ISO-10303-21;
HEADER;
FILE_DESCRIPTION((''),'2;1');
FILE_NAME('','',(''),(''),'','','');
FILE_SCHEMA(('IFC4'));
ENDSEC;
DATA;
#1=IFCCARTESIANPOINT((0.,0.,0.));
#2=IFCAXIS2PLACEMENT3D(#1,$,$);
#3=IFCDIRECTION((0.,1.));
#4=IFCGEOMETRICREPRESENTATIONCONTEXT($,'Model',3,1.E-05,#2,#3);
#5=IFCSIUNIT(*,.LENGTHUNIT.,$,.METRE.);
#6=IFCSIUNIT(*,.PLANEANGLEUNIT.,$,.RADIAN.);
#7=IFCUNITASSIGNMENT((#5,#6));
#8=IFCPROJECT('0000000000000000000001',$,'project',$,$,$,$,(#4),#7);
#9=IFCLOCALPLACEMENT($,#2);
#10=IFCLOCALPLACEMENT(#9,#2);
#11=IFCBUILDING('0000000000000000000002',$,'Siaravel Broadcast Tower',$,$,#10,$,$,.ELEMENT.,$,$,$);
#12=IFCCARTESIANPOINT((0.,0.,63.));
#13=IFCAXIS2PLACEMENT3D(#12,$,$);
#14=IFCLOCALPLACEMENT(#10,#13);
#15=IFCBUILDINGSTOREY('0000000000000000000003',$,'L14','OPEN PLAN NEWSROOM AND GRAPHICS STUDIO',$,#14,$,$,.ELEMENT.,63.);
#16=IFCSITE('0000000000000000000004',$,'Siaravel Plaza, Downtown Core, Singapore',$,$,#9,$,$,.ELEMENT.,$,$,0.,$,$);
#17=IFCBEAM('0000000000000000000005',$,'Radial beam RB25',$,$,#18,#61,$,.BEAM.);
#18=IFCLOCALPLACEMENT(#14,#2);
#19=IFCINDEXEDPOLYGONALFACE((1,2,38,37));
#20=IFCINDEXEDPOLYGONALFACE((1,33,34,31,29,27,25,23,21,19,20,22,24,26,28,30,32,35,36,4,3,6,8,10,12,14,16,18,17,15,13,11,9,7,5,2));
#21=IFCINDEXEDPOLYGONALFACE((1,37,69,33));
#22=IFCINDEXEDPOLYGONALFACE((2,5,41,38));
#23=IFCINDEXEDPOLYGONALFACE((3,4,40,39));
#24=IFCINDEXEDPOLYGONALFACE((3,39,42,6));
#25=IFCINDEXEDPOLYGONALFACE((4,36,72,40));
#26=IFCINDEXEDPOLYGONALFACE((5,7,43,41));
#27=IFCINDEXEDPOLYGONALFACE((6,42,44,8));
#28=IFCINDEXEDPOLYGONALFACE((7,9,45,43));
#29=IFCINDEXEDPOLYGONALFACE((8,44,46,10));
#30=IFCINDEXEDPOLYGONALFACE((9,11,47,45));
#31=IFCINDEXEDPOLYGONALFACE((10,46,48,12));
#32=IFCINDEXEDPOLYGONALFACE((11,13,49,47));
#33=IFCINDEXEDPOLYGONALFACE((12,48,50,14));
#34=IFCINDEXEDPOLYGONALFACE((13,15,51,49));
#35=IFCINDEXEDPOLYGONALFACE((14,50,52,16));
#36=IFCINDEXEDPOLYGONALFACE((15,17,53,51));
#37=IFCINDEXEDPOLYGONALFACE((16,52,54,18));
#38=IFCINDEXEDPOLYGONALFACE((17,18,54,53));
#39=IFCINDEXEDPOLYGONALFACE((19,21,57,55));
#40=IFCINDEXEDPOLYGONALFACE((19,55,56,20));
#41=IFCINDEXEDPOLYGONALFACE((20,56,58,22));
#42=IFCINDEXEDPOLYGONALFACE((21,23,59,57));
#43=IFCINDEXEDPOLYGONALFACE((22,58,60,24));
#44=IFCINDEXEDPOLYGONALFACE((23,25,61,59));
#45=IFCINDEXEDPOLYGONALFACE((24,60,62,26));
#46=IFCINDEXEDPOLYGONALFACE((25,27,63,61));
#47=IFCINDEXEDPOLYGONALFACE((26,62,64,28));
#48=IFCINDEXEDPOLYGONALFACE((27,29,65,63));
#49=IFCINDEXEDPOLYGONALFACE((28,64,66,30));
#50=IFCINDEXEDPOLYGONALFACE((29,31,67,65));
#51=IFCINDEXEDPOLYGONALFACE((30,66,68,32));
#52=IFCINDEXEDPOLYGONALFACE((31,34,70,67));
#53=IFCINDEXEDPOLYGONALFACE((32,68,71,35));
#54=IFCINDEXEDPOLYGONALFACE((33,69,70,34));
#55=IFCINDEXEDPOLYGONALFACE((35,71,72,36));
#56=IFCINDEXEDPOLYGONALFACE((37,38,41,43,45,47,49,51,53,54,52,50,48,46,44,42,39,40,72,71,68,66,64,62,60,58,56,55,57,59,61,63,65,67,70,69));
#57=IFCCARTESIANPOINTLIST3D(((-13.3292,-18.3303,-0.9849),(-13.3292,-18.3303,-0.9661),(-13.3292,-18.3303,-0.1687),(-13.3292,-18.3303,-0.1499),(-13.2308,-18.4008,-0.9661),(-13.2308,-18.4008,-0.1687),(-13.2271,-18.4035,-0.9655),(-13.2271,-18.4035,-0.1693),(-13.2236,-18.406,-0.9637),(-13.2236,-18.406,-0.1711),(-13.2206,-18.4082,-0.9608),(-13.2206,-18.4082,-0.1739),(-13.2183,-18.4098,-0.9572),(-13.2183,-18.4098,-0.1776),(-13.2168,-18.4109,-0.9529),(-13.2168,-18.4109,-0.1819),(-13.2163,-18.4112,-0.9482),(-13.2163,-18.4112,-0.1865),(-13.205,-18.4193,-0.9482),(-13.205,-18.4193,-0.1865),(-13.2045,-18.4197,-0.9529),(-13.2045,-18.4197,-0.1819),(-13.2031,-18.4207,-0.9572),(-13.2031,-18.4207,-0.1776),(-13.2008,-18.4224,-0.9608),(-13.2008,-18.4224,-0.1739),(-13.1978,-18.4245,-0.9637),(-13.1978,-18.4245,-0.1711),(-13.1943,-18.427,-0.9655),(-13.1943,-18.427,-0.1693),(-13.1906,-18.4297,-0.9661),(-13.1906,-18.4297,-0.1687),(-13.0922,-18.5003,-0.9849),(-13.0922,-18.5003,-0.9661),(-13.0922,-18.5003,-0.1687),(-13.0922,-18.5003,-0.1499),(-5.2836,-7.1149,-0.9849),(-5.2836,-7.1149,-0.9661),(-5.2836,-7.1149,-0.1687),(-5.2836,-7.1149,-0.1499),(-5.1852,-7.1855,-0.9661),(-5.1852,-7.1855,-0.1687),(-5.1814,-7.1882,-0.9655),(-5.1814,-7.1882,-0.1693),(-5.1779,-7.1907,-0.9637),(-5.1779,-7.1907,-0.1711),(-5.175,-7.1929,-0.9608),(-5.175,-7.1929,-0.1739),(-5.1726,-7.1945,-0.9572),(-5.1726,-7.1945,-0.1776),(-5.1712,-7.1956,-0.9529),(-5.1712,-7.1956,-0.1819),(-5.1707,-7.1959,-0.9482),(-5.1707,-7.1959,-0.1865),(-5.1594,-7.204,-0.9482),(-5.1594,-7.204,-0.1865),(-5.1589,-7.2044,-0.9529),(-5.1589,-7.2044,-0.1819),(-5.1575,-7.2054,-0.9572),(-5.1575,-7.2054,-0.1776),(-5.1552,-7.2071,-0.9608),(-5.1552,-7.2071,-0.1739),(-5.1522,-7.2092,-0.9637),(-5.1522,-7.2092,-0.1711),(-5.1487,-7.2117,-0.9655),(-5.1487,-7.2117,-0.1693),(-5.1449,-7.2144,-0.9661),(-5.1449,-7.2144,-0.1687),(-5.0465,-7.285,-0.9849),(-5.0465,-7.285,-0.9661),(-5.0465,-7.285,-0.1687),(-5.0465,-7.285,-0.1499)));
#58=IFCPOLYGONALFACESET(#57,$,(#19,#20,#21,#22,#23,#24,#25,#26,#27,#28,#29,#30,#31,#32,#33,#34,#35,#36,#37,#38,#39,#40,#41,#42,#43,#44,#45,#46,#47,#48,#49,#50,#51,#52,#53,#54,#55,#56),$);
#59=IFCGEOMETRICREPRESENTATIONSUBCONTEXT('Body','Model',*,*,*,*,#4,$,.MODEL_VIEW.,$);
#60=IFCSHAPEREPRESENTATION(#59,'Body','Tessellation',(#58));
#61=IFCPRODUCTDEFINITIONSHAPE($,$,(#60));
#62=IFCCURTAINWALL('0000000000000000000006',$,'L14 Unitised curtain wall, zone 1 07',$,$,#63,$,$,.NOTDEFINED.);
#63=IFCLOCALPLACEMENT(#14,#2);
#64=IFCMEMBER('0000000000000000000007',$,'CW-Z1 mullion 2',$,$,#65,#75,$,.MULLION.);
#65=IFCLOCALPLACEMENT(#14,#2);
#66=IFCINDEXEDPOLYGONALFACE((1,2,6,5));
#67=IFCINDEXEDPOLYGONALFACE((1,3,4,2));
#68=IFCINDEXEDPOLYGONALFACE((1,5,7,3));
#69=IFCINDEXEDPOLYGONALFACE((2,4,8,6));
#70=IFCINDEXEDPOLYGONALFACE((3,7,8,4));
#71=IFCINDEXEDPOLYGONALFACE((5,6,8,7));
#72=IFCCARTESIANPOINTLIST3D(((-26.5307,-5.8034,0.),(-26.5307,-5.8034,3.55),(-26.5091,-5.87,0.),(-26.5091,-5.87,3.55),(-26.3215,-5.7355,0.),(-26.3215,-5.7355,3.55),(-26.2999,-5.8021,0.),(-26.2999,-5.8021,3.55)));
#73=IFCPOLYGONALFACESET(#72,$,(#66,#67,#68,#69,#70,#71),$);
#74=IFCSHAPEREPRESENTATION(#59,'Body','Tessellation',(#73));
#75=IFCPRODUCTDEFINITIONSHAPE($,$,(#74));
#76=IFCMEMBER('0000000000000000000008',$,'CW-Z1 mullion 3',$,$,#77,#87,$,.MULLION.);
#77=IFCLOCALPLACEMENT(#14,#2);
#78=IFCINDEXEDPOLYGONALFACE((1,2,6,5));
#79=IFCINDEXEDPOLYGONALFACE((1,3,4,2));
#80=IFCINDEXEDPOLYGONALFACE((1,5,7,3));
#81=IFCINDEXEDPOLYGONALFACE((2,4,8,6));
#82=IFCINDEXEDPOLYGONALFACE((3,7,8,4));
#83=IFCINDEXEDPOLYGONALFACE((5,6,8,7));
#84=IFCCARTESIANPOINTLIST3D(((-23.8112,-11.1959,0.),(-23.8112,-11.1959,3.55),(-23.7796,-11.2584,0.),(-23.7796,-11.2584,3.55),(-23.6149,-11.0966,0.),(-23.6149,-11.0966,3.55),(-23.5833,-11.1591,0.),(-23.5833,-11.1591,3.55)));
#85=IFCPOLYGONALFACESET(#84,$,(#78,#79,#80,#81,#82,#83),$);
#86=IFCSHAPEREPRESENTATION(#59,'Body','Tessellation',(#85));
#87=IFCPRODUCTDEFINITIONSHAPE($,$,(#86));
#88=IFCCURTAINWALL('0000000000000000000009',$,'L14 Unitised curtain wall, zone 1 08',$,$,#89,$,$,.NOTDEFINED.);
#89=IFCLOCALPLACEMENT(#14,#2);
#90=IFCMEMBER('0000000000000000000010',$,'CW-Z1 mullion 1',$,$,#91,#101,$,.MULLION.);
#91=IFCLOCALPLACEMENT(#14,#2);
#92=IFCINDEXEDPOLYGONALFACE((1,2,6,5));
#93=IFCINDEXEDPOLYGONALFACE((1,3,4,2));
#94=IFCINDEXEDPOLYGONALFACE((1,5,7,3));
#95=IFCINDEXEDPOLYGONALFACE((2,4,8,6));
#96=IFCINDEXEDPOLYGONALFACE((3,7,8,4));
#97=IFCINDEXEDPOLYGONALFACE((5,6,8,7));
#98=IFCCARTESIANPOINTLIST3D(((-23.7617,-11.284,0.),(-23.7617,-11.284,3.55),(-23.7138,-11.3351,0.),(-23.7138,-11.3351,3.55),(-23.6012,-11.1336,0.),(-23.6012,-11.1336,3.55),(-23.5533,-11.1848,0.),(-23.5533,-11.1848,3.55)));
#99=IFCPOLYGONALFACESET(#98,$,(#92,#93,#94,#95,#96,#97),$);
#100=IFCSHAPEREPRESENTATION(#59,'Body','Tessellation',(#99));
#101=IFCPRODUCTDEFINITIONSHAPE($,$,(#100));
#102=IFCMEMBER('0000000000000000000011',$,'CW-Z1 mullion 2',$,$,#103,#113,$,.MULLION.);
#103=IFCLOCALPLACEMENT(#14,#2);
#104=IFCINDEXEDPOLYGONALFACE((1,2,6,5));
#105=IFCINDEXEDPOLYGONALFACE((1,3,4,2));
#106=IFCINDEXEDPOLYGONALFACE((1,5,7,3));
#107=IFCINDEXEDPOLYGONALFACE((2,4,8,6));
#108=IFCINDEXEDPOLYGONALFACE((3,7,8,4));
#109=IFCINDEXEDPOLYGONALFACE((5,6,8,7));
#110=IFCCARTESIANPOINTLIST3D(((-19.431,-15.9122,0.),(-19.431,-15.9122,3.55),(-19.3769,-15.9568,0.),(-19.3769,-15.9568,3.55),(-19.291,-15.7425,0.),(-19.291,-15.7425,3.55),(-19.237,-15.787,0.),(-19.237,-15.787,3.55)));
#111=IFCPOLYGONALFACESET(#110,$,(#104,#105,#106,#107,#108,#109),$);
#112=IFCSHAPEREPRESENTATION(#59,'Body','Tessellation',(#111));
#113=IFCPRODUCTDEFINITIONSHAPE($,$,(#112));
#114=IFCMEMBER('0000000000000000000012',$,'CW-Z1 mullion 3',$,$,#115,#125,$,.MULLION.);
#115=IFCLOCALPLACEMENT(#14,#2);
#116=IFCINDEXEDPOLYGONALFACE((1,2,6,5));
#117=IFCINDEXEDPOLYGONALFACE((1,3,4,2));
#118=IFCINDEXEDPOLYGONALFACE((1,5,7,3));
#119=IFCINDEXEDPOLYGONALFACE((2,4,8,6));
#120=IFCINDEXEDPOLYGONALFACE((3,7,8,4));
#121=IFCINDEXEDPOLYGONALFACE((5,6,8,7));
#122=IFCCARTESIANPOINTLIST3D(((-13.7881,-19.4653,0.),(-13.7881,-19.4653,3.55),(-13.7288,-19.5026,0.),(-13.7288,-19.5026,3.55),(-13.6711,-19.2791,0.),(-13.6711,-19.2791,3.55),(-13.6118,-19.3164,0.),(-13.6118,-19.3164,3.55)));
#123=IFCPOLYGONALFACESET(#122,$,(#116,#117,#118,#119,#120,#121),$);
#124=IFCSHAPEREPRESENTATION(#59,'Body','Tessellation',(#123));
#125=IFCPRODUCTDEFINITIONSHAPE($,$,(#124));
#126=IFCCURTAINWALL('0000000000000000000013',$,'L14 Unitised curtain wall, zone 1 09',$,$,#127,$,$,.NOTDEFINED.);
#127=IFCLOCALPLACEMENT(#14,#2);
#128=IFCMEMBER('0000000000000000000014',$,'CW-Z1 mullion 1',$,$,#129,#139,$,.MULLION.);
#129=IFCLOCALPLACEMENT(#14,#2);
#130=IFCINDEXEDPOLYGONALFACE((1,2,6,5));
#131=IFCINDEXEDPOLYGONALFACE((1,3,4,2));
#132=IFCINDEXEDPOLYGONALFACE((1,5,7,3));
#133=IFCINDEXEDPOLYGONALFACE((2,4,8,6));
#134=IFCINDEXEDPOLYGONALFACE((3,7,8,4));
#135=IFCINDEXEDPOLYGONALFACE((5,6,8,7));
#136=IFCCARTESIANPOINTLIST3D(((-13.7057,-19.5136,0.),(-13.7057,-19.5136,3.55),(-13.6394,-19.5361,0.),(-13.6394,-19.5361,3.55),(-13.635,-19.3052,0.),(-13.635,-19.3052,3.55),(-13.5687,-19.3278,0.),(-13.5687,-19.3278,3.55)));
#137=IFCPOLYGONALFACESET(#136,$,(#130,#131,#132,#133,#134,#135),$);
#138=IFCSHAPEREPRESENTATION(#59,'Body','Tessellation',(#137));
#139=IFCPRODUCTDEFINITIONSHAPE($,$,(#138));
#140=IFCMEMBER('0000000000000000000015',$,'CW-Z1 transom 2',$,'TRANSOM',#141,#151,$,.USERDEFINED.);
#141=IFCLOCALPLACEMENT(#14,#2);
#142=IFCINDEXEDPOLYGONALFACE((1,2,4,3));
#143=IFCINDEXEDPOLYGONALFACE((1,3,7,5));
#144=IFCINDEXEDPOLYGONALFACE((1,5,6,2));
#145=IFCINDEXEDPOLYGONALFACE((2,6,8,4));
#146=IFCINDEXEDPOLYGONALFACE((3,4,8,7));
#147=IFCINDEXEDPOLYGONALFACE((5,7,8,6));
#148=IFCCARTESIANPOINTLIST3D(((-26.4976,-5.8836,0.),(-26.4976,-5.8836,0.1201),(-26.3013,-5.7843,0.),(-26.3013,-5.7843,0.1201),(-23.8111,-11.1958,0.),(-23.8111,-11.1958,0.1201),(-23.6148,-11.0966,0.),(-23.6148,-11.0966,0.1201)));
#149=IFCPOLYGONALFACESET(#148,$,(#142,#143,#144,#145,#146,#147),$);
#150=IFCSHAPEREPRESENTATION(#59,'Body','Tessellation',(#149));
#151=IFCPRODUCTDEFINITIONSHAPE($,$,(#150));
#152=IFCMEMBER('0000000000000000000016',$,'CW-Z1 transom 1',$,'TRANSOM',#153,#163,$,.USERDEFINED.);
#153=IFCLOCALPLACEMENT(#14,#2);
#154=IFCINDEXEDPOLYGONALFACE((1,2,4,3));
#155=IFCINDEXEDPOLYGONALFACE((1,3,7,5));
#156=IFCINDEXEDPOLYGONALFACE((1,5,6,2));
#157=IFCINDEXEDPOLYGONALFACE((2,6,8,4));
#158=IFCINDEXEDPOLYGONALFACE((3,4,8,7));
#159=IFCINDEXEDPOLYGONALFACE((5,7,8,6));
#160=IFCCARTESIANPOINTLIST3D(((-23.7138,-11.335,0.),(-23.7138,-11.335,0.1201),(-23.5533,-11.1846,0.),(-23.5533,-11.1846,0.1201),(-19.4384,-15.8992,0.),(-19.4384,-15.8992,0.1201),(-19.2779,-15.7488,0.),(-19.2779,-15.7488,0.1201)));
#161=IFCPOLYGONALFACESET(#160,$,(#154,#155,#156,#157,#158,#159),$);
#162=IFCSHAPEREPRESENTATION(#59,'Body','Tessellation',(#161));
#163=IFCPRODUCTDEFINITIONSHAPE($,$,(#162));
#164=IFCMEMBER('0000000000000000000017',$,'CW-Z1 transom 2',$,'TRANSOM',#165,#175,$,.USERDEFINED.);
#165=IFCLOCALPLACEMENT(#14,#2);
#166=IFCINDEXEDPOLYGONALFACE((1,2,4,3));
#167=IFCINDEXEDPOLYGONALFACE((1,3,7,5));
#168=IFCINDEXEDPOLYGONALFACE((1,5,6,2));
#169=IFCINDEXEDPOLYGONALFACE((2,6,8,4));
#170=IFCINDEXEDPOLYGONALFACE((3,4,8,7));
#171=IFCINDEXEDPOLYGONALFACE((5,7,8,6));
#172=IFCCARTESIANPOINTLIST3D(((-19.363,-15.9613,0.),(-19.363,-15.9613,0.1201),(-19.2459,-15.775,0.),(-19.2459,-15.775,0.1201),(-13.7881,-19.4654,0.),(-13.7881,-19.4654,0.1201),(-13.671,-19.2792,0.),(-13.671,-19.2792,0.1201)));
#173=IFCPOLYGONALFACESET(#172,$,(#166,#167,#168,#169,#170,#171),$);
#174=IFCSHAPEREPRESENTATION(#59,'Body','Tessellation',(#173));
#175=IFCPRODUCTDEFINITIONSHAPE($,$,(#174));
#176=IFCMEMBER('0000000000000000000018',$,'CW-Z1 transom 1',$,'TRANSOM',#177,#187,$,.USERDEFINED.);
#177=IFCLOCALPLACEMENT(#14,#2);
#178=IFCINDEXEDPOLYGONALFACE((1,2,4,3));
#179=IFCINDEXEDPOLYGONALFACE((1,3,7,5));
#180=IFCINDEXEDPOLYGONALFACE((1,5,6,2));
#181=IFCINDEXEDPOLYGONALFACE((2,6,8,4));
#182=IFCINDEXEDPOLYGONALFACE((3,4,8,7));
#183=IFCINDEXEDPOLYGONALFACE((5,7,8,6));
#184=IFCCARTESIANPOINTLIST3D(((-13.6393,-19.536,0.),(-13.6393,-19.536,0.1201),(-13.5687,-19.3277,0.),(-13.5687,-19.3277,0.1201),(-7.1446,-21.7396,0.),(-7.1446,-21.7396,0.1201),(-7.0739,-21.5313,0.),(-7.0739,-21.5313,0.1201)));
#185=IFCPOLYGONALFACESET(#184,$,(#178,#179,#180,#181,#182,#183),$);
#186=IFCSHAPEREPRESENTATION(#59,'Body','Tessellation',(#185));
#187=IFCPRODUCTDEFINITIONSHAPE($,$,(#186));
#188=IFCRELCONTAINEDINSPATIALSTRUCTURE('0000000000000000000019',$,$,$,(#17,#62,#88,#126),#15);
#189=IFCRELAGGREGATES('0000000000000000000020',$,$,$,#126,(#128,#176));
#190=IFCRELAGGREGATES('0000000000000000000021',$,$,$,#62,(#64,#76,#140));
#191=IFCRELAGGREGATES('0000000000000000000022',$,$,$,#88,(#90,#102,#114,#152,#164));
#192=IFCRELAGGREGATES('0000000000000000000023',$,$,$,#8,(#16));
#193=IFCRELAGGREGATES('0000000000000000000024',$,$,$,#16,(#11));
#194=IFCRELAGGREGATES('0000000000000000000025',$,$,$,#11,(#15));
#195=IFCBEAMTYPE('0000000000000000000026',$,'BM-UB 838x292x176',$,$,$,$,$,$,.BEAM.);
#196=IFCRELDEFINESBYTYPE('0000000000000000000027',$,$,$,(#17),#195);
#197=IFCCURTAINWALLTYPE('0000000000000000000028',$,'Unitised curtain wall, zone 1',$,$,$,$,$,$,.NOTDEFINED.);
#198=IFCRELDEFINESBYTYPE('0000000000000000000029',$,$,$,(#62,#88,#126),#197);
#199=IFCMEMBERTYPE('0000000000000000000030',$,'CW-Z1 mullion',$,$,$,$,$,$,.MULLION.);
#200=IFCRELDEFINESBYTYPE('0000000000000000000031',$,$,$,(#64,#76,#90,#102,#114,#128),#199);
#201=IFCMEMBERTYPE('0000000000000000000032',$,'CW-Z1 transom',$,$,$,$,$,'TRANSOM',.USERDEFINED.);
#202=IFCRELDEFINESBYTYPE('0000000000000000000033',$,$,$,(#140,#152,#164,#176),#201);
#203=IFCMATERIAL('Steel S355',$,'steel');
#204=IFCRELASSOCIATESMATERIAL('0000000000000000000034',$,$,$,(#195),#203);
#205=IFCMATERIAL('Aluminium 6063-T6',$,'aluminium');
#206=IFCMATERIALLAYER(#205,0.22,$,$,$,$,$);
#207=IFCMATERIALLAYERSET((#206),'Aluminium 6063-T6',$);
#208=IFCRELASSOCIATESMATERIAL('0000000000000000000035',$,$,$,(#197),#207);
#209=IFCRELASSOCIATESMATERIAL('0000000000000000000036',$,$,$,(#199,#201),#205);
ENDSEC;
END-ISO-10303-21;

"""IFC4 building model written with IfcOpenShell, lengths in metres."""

from ifc_helpers import new_model, si_unit, direction, frame, origin, origin_2d, place, context, subcontext, project, spatial, rectangle, i_section, extrude, material, layer, layer_set, material_profile, profile_set, type_object, element, aggregate, save


model = new_model("IFC4")

# Units and contexts
model_context = context("Model", 3, precision=1e-05, world=origin(), true_north=direction((0.0, 1.0)))
body_context = subcontext(model_context, "Body", "Model", "MODEL_VIEW")
ifc_project = project(units=[si_unit("LENGTHUNIT", "METRE"), si_unit("PLANEANGLEUNIT", "RADIAN")], contexts=[model_context])

# Site, building, storey
site_placement = place(None, origin())
site = spatial("IfcSite", under=ifc_project, at=site_placement, Name="Siaravel Plaza, Downtown Core, Singapore", CompositionType="ELEMENT", RefElevation=0.0)
building_placement = place(site_placement, origin())
building = spatial("IfcBuilding", under=site, at=building_placement, Name="Siaravel Broadcast Tower", CompositionType="ELEMENT")
storey_placement = place(building_placement, frame((0.0, 0.0, 63.0)))
storey = spatial("IfcBuildingStorey", under=building, at=storey_placement, Name="L14", Description="OPEN PLAN NEWSROOM AND GRAPHICS STUDIO", CompositionType="ELEMENT", Elevation=63.0)

# Beam
ifc_material_1 = material(Name="Steel S355", Category="steel")
ifc_material_profile_1 = material_profile(ifc_material_1, i_section(OverallWidth=0.2917, OverallDepth=0.835, WebThickness=0.0139, FlangeThickness=0.0188, FilletRadius=0.0178, at=origin_2d()))
ifc_profile_set_1 = profile_set([ifc_material_profile_1], Name="Steel S355")
beam_type = type_object("IfcBeamType", Name="BM-UB 838x292x176", PredefinedType="BEAM", material=ifc_profile_set_1)
beam_1_placement = place(storey_placement, frame((-13.2107, -18.4153, -0.5674), z_axis=(0.582902, 0.812543, 0.0), x_axis=(-0.812543, 0.582902, 0.0)))
element("IfcBeam", 1, at=beam_1_placement, inside=storey, type_object=beam_type, Name="Radial beam RB25", PredefinedType="BEAM", context=body_context, shape_type="SweptSolid", body=[
    extrude(i_section(OverallWidth=0.2917, OverallDepth=0.835, WebThickness=0.0139, FlangeThickness=0.0188, FilletRadius=0.0178, at=origin_2d()), origin(), (0.0, 0.0, 1.0), 13.8027),
])

# Curtain walls, members
ifc_material_2 = material(Name="Aluminium 6063-T6", Category="aluminium")
ifc_layer_1 = layer(ifc_material_2, 0.22)
ifc_layer_set_1 = layer_set([ifc_layer_1], Name="Aluminium 6063-T6")
curtain_wall_type = type_object("IfcCurtainWallType", Name="Unitised curtain wall, zone 1", PredefinedType="NOTDEFINED", material=ifc_layer_set_1)
curtain_wall_1_placement = place(storey_placement, origin())
curtain_wall_1 = element("IfcCurtainWall", 2, at=curtain_wall_1_placement, inside=storey, type_object=curtain_wall_type, Name="L14 Unitised curtain wall, zone 1 07", PredefinedType="NOTDEFINED")
ifc_material_profile_2 = material_profile(ifc_material_2, rectangle(XDim=0.22, YDim=0.0701, at=origin_2d()))
ifc_profile_set_2 = profile_set([ifc_material_profile_2], Name="Aluminium 6063-T6")
member_type_1 = type_object("IfcMemberType", Name="CW-Z1 mullion", PredefinedType="MULLION", material=ifc_profile_set_2)
member_1_placement = place(storey_placement, frame((-26.4153, -5.8027, 0.0), z_axis=(0.0, 0.0, 1.0), x_axis=(0.951177, 0.308646, 0.0)))
member_1 = element("IfcMember", 3, at=member_1_placement, type_object=member_type_1, Name="CW-Z1 mullion 2", PredefinedType="MULLION", context=body_context, shape_type="SweptSolid", body=[
    extrude(rectangle(XDim=0.22, YDim=0.0701, at=origin_2d()), origin(), (0.0, 0.0, 1.0), 3.55),
])
member_2_placement = place(storey_placement, frame((-23.6973, -11.1775, 0.0), z_axis=(0.0, 0.0, 1.0), x_axis=(0.892391, 0.451262, 0.0)))
member_2 = element("IfcMember", 4, at=member_2_placement, type_object=member_type_1, Name="CW-Z1 mullion 3", PredefinedType="MULLION", context=body_context, shape_type="SweptSolid", body=[
    extrude(rectangle(XDim=0.22, YDim=0.0701, at=origin_2d()), origin(), (0.0, 0.0, 1.0), 3.55),
])
curtain_wall_2_placement = place(storey_placement, origin())
curtain_wall_2 = element("IfcCurtainWall", 5, at=curtain_wall_2_placement, inside=storey, type_object=curtain_wall_type, Name="L14 Unitised curtain wall, zone 1 08", PredefinedType="NOTDEFINED")
member_3_placement = place(storey_placement, frame((-23.6575, -11.2344, 0.0), z_axis=(0.0, 0.0, 1.0), x_axis=(0.729804, 0.683657, 0.0)))
member_3 = element("IfcMember", 6, at=member_3_placement, type_object=member_type_1, Name="CW-Z1 mullion 1", PredefinedType="MULLION", context=body_context, shape_type="SweptSolid", body=[
    extrude(rectangle(XDim=0.22, YDim=0.0701, at=origin_2d()), origin(), (0.0, 0.0, 1.0), 3.55),
])
member_4_placement = place(storey_placement, frame((-19.334, -15.8496, 0.0), z_axis=(0.0, 0.0, 1.0), x_axis=(0.636217, 0.77151, 0.0)))
member_4 = element("IfcMember", 7, at=member_4_placement, type_object=member_type_1, Name="CW-Z1 mullion 2", PredefinedType="MULLION", context=body_context, shape_type="SweptSolid", body=[
    extrude(rectangle(XDim=0.22, YDim=0.0701, at=origin_2d()), origin(), (0.0, 0.0, 1.0), 3.55),
])
member_5_placement = place(storey_placement, frame((-13.7, -19.3909, 0.0), z_axis=(0.0, 0.0, 1.0), x_axis=(0.532148, 0.846651, 0.0)))
member_5 = element("IfcMember", 8, at=member_5_placement, type_object=member_type_1, Name="CW-Z1 mullion 3", PredefinedType="MULLION", context=body_context, shape_type="SweptSolid", body=[
    extrude(rectangle(XDim=0.22, YDim=0.0701, at=origin_2d()), origin(), (0.0, 0.0, 1.0), 3.55),
])

# Curtain wall, member
curtain_wall_3_placement = place(storey_placement, origin())
curtain_wall_3 = element("IfcCurtainWall", 9, at=curtain_wall_3_placement, inside=storey, type_object=curtain_wall_type, Name="L14 Unitised curtain wall, zone 1 09", PredefinedType="NOTDEFINED")
member_6_placement = place(storey_placement, frame((-13.6372, -19.4207, 0.0), z_axis=(0.0, 0.0, 1.0), x_axis=(0.3213, 0.946978, 0.0)))
member_6 = element("IfcMember", 10, at=member_6_placement, type_object=member_type_1, Name="CW-Z1 mullion 1", PredefinedType="MULLION", context=body_context, shape_type="SweptSolid", body=[
    extrude(rectangle(XDim=0.22, YDim=0.0701, at=origin_2d()), origin(), (0.0, 0.0, 1.0), 3.55),
])

# Members
ifc_material_profile_3 = material_profile(ifc_material_2, rectangle(XDim=0.22, YDim=0.1201, at=origin_2d()))
ifc_profile_set_3 = profile_set([ifc_material_profile_3], Name="Aluminium 6063-T6")
member_type_2 = type_object("IfcMemberType", Name="CW-Z1 transom", ElementType="TRANSOM", PredefinedType="USERDEFINED", material=ifc_profile_set_3)
member_7_placement = place(storey_placement, frame((-26.3994, -5.834, 0.0601), z_axis=(0.451294, -0.892375, 0.0), x_axis=(0.892375, 0.451294, 0.0)))
member_7 = element("IfcMember", 11, at=member_7_placement, type_object=member_type_2, Name="CW-Z1 transom 2", ObjectType="TRANSOM", PredefinedType="USERDEFINED", context=body_context, shape_type="SweptSolid", body=[
    extrude(rectangle(XDim=0.22, YDim=0.1201, at=origin_2d()), origin(), (0.0, 0.0, 1.0), 5.9529),
])
member_8_placement = place(storey_placement, frame((-23.6335, -11.2598, 0.0601), z_axis=(0.683639, -0.729821, 0.0), x_axis=(0.729821, 0.683639, 0.0)))
member_8 = element("IfcMember", 12, at=member_8_placement, type_object=member_type_2, Name="CW-Z1 transom 1", ObjectType="TRANSOM", PredefinedType="USERDEFINED", context=body_context, shape_type="SweptSolid", body=[
    extrude(rectangle(XDim=0.22, YDim=0.1201, at=origin_2d()), origin(), (0.0, 0.0, 1.0), 6.2539),
])
member_9_placement = place(storey_placement, frame((-19.3044, -15.8682, 0.0601), z_axis=(0.846644, -0.53216, 0.0), x_axis=(0.53216, 0.846644, 0.0)))
member_9 = element("IfcMember", 13, at=member_9_placement, type_object=member_type_2, Name="CW-Z1 transom 2", ObjectType="TRANSOM", PredefinedType="USERDEFINED", context=body_context, shape_type="SweptSolid", body=[
    extrude(rectangle(XDim=0.22, YDim=0.1201, at=origin_2d()), origin(), (0.0, 0.0, 1.0), 6.5847),
])
member_10_placement = place(storey_placement, frame((-13.604, -19.4319, 0.0601), z_axis=(0.946979, -0.321296, 0.0), x_axis=(0.321296, 0.946979, 0.0)))
member_10 = element("IfcMember", 14, at=member_10_placement, type_object=member_type_2, Name="CW-Z1 transom 1", ObjectType="TRANSOM", PredefinedType="USERDEFINED", context=body_context, shape_type="SweptSolid", body=[
    extrude(rectangle(XDim=0.22, YDim=0.1201, at=origin_2d()), origin(), (0.0, 0.0, 1.0), 6.8584),
])
aggregate(curtain_wall_3, [member_6, member_10])

aggregate(curtain_wall_1, [member_1, member_2, member_7])
aggregate(curtain_wall_2, [member_3, member_4, member_5, member_8, member_9])

save(model, "model.ifc")
